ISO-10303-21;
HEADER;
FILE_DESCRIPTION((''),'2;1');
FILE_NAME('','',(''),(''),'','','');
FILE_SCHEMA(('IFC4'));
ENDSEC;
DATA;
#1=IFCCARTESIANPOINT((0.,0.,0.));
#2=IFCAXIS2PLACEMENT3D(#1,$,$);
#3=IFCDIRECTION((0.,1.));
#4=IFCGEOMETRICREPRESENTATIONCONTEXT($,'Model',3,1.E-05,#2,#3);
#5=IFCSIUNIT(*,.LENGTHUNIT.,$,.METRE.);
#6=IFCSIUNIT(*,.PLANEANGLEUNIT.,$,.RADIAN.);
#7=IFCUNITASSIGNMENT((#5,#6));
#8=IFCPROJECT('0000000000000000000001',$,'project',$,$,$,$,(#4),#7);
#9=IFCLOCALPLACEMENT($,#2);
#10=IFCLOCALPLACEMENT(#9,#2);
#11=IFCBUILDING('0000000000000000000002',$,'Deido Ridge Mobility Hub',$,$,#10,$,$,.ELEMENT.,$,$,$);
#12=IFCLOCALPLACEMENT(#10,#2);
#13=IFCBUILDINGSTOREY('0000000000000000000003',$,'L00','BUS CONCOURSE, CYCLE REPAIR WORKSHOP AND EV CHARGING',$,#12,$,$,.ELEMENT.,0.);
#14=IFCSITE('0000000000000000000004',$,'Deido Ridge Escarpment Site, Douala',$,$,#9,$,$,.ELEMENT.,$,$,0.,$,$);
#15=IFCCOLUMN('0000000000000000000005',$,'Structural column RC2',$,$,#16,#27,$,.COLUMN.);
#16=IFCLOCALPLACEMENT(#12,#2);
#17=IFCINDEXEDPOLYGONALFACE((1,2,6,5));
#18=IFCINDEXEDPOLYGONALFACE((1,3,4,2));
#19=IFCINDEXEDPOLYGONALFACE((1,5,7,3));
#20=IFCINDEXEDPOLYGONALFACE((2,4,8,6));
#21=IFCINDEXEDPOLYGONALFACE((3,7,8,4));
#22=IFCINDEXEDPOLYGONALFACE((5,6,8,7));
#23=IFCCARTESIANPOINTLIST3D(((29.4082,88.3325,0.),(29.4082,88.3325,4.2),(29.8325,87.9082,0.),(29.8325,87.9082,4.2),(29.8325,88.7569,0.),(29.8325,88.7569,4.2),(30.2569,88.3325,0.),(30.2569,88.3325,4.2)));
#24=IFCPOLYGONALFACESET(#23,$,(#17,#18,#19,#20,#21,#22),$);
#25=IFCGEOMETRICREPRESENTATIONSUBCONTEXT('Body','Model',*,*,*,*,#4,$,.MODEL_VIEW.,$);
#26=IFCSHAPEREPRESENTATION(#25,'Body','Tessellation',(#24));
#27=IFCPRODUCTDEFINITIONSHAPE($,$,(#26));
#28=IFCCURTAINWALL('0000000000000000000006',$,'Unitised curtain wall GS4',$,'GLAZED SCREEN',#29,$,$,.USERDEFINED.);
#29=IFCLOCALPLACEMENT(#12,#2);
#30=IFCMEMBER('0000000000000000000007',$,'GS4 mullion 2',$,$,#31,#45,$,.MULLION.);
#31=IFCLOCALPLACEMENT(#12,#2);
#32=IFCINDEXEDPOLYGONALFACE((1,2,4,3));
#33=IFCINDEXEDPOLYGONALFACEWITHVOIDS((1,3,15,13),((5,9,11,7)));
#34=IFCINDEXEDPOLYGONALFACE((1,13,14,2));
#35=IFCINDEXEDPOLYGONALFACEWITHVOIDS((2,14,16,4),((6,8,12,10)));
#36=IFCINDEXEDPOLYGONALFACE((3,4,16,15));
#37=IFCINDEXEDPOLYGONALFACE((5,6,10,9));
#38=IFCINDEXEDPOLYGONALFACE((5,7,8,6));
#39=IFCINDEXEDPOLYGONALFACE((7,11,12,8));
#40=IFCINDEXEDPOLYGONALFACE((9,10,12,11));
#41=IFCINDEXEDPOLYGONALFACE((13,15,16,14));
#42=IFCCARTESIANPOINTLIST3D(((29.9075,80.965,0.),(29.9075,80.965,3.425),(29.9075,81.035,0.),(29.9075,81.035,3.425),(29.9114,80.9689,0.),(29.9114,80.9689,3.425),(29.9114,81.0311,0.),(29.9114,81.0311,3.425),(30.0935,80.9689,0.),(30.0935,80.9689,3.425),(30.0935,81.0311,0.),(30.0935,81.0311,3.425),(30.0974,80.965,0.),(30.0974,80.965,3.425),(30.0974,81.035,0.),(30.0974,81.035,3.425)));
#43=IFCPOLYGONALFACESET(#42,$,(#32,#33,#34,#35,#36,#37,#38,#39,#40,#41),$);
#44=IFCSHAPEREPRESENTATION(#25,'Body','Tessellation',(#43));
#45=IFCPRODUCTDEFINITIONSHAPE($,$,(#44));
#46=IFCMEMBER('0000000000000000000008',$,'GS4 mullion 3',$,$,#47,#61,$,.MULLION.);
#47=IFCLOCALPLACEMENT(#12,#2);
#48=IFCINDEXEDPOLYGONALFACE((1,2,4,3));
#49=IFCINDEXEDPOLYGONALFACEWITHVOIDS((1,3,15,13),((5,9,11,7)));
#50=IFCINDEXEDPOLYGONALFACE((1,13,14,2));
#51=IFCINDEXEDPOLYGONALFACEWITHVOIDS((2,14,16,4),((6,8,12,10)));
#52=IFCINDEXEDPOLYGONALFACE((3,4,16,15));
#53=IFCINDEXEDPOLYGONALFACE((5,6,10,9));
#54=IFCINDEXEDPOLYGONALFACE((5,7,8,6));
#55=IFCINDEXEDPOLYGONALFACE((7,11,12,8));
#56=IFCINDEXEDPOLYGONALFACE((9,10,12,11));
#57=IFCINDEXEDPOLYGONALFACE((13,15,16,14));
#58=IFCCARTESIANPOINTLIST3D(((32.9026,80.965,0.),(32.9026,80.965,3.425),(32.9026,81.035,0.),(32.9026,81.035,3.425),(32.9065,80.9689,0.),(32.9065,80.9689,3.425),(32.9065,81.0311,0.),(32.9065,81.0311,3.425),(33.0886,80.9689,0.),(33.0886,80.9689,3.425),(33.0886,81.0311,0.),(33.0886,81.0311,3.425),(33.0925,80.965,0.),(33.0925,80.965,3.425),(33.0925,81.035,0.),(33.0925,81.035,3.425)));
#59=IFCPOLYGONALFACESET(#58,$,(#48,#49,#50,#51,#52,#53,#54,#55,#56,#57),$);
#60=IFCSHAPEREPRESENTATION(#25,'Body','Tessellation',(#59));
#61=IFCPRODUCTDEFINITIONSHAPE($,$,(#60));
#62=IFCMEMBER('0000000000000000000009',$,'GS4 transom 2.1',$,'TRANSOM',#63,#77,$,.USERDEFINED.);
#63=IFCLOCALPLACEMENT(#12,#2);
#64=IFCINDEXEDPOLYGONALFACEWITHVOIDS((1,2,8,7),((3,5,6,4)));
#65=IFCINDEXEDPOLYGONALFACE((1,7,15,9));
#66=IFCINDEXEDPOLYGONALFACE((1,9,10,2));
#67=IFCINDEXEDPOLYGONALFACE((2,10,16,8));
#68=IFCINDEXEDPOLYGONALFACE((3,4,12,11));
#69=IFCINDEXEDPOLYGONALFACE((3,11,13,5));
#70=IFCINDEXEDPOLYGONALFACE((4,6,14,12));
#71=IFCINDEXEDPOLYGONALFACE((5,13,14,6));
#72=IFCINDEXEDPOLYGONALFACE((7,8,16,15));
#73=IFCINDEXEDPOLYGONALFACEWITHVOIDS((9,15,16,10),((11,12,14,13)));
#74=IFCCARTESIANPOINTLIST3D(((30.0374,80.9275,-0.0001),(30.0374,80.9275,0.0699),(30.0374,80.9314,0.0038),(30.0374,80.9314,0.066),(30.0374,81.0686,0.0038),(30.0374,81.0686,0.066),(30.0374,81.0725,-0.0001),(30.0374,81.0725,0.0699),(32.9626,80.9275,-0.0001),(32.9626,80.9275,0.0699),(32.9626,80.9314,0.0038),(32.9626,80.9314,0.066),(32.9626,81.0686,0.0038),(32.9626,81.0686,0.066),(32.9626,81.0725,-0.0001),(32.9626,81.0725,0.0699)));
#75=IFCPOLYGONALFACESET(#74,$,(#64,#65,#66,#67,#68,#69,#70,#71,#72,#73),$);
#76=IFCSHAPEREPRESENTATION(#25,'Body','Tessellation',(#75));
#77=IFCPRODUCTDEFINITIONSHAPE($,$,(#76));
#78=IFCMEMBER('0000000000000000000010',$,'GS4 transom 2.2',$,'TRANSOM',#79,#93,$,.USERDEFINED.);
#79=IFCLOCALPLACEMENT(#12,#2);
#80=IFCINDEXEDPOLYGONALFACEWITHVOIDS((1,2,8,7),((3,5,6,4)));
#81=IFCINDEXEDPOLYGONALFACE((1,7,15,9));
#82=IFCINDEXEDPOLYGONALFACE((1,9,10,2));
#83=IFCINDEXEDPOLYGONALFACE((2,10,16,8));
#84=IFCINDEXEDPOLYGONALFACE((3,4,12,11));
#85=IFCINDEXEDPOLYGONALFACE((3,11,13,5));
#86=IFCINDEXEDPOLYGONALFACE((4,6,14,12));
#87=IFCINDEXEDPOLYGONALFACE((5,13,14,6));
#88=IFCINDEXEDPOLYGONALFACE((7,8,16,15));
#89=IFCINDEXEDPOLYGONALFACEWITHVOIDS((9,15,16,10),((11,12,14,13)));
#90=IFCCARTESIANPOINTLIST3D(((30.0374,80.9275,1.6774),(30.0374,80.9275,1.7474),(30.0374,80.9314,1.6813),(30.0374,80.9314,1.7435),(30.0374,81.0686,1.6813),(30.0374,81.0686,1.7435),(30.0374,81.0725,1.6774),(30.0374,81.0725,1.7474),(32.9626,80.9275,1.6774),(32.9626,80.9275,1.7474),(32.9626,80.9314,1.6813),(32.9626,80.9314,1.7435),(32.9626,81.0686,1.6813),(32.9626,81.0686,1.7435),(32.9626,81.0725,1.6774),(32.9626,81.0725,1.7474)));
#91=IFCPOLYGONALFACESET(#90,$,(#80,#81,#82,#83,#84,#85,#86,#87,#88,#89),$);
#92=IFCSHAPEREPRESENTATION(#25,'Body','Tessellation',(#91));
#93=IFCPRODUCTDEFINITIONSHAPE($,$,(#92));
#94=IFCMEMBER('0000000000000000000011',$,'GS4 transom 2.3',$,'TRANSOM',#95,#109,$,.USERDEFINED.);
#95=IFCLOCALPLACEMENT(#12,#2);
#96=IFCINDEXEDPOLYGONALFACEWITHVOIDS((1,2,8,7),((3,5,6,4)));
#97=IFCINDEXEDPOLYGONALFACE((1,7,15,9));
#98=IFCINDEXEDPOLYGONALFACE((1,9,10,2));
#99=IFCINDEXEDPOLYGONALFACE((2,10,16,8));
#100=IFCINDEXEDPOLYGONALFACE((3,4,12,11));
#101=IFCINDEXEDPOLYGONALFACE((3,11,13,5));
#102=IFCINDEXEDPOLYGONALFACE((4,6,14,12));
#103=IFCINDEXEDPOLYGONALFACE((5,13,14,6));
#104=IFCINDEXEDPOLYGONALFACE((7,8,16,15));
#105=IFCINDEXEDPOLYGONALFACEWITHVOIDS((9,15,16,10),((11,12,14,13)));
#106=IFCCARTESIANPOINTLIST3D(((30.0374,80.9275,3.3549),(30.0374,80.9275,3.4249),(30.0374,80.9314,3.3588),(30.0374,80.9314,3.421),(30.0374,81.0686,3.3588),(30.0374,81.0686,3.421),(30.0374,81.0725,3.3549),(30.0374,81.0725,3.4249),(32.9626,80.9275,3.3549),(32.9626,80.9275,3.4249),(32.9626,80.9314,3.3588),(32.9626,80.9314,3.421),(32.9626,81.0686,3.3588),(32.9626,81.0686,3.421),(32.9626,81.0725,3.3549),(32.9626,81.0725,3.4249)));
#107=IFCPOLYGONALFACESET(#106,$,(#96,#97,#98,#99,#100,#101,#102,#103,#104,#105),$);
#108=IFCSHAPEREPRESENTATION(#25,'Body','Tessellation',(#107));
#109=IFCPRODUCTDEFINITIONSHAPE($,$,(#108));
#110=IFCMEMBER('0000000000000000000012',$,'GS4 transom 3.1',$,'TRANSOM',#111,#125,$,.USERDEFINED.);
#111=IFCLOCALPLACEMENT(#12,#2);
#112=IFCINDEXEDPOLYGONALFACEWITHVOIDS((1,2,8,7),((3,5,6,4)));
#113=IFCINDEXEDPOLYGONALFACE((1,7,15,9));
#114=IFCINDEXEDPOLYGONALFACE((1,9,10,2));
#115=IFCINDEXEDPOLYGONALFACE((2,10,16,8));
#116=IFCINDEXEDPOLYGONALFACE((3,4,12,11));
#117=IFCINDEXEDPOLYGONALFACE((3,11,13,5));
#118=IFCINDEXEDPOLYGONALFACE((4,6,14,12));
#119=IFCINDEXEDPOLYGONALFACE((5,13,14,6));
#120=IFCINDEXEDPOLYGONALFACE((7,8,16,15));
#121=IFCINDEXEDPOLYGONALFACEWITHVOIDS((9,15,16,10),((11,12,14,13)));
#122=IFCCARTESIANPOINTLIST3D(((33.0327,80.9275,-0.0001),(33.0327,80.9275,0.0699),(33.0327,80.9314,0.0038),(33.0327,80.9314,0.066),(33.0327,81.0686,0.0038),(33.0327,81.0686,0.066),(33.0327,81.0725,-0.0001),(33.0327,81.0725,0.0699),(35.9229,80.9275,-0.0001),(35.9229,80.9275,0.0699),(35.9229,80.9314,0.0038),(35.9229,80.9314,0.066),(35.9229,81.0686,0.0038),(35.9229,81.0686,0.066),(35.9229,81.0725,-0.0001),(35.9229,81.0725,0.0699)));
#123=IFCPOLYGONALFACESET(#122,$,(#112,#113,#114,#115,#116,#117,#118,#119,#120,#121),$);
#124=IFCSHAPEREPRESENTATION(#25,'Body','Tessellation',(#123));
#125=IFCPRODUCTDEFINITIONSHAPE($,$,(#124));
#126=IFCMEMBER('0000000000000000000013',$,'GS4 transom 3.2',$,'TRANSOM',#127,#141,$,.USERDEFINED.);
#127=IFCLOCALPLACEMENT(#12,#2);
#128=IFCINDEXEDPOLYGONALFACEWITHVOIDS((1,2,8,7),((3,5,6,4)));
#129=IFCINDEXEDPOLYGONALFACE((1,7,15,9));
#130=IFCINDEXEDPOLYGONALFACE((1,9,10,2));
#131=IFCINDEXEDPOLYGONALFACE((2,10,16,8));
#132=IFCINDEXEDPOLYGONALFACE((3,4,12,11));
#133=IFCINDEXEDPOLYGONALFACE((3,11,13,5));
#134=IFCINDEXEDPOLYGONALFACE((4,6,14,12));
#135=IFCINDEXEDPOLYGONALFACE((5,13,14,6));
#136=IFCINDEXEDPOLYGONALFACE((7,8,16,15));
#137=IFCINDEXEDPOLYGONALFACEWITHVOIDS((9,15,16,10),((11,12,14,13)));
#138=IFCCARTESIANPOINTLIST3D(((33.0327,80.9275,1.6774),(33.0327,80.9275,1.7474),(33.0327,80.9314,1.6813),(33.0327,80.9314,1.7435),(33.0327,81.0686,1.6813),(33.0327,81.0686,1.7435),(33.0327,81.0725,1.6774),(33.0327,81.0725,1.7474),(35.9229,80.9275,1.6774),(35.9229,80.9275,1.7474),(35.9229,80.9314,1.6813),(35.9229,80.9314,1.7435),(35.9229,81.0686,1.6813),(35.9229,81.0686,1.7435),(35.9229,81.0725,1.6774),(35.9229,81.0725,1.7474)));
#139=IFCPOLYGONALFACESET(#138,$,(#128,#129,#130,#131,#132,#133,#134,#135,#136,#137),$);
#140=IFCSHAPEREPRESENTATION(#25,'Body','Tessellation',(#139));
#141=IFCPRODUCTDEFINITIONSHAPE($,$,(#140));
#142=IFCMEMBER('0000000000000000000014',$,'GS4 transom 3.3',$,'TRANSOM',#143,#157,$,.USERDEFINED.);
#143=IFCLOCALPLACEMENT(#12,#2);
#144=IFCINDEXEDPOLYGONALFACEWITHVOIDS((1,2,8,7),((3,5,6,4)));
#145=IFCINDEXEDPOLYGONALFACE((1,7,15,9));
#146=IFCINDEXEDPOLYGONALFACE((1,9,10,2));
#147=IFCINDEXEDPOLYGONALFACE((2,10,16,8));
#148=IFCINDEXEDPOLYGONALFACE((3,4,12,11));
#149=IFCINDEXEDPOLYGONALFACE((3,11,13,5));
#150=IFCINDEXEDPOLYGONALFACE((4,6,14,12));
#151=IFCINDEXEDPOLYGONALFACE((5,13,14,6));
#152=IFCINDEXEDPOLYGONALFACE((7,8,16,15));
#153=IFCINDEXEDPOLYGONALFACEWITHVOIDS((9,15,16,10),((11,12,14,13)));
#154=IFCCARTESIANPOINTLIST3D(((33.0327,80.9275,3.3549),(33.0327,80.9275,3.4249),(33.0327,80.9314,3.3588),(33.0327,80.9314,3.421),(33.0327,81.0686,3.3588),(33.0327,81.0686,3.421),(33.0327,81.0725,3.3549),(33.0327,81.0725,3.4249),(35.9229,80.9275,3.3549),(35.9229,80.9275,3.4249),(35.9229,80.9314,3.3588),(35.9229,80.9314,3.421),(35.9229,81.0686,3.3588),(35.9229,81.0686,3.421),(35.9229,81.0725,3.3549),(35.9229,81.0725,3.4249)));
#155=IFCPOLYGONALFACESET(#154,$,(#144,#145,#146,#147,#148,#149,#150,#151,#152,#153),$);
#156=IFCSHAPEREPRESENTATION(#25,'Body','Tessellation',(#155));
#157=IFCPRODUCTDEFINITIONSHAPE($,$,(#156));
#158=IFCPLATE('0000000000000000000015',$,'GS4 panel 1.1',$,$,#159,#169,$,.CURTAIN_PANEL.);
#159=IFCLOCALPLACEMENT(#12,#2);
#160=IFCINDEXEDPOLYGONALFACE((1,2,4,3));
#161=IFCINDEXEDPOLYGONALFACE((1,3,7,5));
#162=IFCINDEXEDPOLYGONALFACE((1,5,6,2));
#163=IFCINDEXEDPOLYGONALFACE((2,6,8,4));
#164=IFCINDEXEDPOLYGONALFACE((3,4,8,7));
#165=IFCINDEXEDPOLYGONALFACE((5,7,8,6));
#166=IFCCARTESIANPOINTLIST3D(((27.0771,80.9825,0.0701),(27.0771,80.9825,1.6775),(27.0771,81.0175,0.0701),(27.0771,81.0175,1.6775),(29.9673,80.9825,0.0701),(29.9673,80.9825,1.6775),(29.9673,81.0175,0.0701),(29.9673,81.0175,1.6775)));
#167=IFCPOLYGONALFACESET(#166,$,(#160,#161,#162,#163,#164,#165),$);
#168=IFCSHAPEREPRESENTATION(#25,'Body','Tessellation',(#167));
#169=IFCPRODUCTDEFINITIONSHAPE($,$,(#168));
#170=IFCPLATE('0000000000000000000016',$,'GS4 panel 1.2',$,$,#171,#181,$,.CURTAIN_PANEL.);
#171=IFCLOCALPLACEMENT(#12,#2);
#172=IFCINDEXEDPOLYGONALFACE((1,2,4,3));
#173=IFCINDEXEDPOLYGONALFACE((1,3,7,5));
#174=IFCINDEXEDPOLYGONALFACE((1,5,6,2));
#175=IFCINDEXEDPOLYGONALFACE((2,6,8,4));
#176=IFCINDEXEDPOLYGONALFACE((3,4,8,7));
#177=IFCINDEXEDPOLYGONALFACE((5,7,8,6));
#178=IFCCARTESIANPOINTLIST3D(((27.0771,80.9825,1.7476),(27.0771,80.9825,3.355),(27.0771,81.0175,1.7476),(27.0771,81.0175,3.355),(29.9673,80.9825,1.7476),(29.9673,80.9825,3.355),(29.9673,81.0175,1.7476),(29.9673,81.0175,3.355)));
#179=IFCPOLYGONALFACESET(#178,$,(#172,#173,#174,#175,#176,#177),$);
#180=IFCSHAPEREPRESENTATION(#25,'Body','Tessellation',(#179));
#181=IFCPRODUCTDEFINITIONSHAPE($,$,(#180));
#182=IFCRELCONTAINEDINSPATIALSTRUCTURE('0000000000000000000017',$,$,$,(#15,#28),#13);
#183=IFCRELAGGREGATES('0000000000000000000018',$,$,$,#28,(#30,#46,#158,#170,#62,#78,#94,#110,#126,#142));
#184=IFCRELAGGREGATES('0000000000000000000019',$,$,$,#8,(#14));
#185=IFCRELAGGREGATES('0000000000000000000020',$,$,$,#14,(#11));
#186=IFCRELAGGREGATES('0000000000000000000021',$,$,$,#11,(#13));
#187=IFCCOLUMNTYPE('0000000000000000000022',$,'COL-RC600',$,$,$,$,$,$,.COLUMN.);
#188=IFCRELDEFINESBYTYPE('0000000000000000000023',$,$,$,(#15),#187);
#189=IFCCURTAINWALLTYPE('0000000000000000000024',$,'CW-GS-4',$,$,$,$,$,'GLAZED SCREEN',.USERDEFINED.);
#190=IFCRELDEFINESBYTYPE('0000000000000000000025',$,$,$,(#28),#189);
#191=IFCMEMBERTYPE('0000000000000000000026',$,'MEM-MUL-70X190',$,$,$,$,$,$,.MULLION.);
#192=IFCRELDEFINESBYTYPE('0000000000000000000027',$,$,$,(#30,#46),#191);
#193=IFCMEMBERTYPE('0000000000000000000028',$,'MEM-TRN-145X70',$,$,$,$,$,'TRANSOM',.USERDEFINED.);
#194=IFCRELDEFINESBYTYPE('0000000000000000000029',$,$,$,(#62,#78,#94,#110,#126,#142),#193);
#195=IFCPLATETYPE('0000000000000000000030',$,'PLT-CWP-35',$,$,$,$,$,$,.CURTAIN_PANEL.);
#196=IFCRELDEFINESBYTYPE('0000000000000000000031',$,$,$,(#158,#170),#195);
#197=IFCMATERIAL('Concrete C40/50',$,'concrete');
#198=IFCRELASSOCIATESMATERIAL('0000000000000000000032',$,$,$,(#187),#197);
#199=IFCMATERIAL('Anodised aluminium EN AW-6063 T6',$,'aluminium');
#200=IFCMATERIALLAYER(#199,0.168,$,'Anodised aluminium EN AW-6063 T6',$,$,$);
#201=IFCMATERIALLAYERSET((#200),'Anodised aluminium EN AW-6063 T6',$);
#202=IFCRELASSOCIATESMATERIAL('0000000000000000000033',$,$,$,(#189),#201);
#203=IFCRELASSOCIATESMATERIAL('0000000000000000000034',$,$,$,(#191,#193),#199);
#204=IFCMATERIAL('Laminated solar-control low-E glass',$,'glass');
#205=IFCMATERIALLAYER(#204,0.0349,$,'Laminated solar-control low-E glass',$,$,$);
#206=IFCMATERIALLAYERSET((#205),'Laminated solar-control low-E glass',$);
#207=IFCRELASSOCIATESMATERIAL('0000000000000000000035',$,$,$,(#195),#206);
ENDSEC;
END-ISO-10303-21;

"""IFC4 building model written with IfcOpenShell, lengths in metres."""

from ifc_helpers import new_model, si_unit, direction, frame, origin, origin_2d, place, context, subcontext, project, spatial, rectangle, hollow_rectangle, extrude, material, layer, layer_set, material_profile, profile_set, type_object, element, aggregate, save


model = new_model("IFC4")

# Units and contexts
model_context = context("Model", 3, precision=1e-05, world=origin(), true_north=direction((0.0, 1.0)))
body_context = subcontext(model_context, "Body", "Model", "MODEL_VIEW")
ifc_project = project(units=[si_unit("LENGTHUNIT", "METRE"), si_unit("PLANEANGLEUNIT", "RADIAN")], contexts=[model_context])

# Site, building, storey
site_placement = place(None, origin())
site = spatial("IfcSite", under=ifc_project, at=site_placement, Name="Deido Ridge Escarpment Site, Douala", CompositionType="ELEMENT", RefElevation=0.0)
building_placement = place(site_placement, origin())
building = spatial("IfcBuilding", under=site, at=building_placement, Name="Deido Ridge Mobility Hub", CompositionType="ELEMENT")
storey_placement = place(building_placement, origin())
storey = spatial("IfcBuildingStorey", under=building, at=storey_placement, Name="L00", Description="BUS CONCOURSE, CYCLE REPAIR WORKSHOP AND EV CHARGING", CompositionType="ELEMENT", Elevation=0.0)

# Column
ifc_material_1 = material(Name="Concrete C40/50", Category="concrete")
ifc_material_profile_1 = material_profile(ifc_material_1, rectangle(XDim=0.6001, YDim=0.6001, at=origin_2d()), Name="RC COL 600x600")
ifc_profile_set_1 = profile_set([ifc_material_profile_1], Name="Concrete C40/50")
column_type = type_object("IfcColumnType", Name="COL-RC600", PredefinedType="COLUMN", material=ifc_profile_set_1)
column_placement = place(storey_placement, frame((29.8325, 88.3325, 0.0), z_axis=(0.0, 0.0, 1.0), x_axis=(-0.707107, -0.707107, 0.0)))
element("IfcColumn", 1, at=column_placement, inside=storey, type_object=column_type, Name="Structural column RC2", PredefinedType="COLUMN", context=body_context, shape_type="SweptSolid", body=[
    extrude(rectangle(XDim=0.6001, YDim=0.6001, at=origin_2d()), origin(), (0.0, 0.0, 1.0), 4.2),
])

# Curtain wall, members, plates
ifc_material_2 = material(Name="Anodised aluminium EN AW-6063 T6", Category="aluminium")
ifc_layer_1 = layer(ifc_material_2, 0.168, Name="Anodised aluminium EN AW-6063 T6")
ifc_layer_set_1 = layer_set([ifc_layer_1], Name="Anodised aluminium EN AW-6063 T6")
curtain_wall_type = type_object("IfcCurtainWallType", Name="CW-GS-4", ElementType="GLAZED SCREEN", PredefinedType="USERDEFINED", material=ifc_layer_set_1)
curtain_wall_placement = place(storey_placement, origin())
curtain_wall = element("IfcCurtainWall", 2, at=curtain_wall_placement, inside=storey, type_object=curtain_wall_type, Name="Unitised curtain wall GS4", ObjectType="GLAZED SCREEN", PredefinedType="USERDEFINED")
ifc_material_profile_2 = material_profile(ifc_material_2, hollow_rectangle(XDim=0.0701, YDim=0.1899, WallThickness=0.0039, at=origin_2d()), Name="RHS 70x190x4")
ifc_profile_set_2 = profile_set([ifc_material_profile_2], Name="Anodised aluminium EN AW-6063 T6")
member_type_1 = type_object("IfcMemberType", Name="MEM-MUL-70X190", PredefinedType="MULLION", material=ifc_profile_set_2)
member_1_placement = place(storey_placement, frame((30.0024, 81.0, 0.0), z_axis=(0.0, 0.0, 1.0), x_axis=(0.0, 1.0, 0.0)))
member_1 = element("IfcMember", 3, at=member_1_placement, type_object=member_type_1, Name="GS4 mullion 2", PredefinedType="MULLION", context=body_context, shape_type="SweptSolid", body=[
    extrude(hollow_rectangle(XDim=0.0701, YDim=0.1899, WallThickness=0.0039, at=origin_2d()), origin(), (0.0, 0.0, 1.0), 3.425),
])
member_2_placement = place(storey_placement, frame((32.9976, 81.0, 0.0), z_axis=(0.0, 0.0, 1.0), x_axis=(0.0, 1.0, 0.0)))
member_2 = element("IfcMember", 4, at=member_2_placement, type_object=member_type_1, Name="GS4 mullion 3", PredefinedType="MULLION", context=body_context, shape_type="SweptSolid", body=[
    extrude(hollow_rectangle(XDim=0.0701, YDim=0.1899, WallThickness=0.0039, at=origin_2d()), origin(), (0.0, 0.0, 1.0), 3.425),
])
ifc_material_profile_3 = material_profile(ifc_material_2, hollow_rectangle(XDim=0.145, YDim=0.0701, WallThickness=0.0039, at=origin_2d()), Name="RHS 145x70x4")
ifc_profile_set_3 = profile_set([ifc_material_profile_3], Name="Anodised aluminium EN AW-6063 T6")
member_type_2 = type_object("IfcMemberType", Name="MEM-TRN-145X70", ElementType="TRANSOM", PredefinedType="USERDEFINED", material=ifc_profile_set_3)
member_3_placement = place(storey_placement, frame((30.0374, 81.0, 0.0349), z_axis=(1.0, 0.0, 0.0), x_axis=(0.0, 1.0, 0.0)))
member_3 = element("IfcMember", 5, at=member_3_placement, type_object=member_type_2, Name="GS4 transom 2.1", ObjectType="TRANSOM", PredefinedType="USERDEFINED", context=body_context, shape_type="SweptSolid", body=[
    extrude(hollow_rectangle(XDim=0.145, YDim=0.0701, WallThickness=0.0039, at=origin_2d()), origin(), (0.0, 0.0, 1.0), 2.9253),
])
member_4_placement = place(storey_placement, frame((30.0374, 81.0, 1.7124), z_axis=(1.0, 0.0, 0.0), x_axis=(0.0, 1.0, 0.0)))
member_4 = element("IfcMember", 6, at=member_4_placement, type_object=member_type_2, Name="GS4 transom 2.2", ObjectType="TRANSOM", PredefinedType="USERDEFINED", context=body_context, shape_type="SweptSolid", body=[
    extrude(hollow_rectangle(XDim=0.145, YDim=0.0701, WallThickness=0.0039, at=origin_2d()), origin(), (0.0, 0.0, 1.0), 2.9253),
])
member_5_placement = place(storey_placement, frame((30.0374, 81.0, 3.3899), z_axis=(1.0, 0.0, 0.0), x_axis=(0.0, 1.0, 0.0)))
member_5 = element("IfcMember", 7, at=member_5_placement, type_object=member_type_2, Name="GS4 transom 2.3", ObjectType="TRANSOM", PredefinedType="USERDEFINED", context=body_context, shape_type="SweptSolid", body=[
    extrude(hollow_rectangle(XDim=0.145, YDim=0.0701, WallThickness=0.0039, at=origin_2d()), origin(), (0.0, 0.0, 1.0), 2.9253),
])
member_6_placement = place(storey_placement, frame((33.0327, 81.0, 0.0349), z_axis=(1.0, 0.0, 0.0), x_axis=(0.0, 1.0, 0.0)))
member_6 = element("IfcMember", 8, at=member_6_placement, type_object=member_type_2, Name="GS4 transom 3.1", ObjectType="TRANSOM", PredefinedType="USERDEFINED", context=body_context, shape_type="SweptSolid", body=[
    extrude(hollow_rectangle(XDim=0.145, YDim=0.0701, WallThickness=0.0039, at=origin_2d()), origin(), (0.0, 0.0, 1.0), 2.8901),
])
member_7_placement = place(storey_placement, frame((33.0327, 81.0, 1.7124), z_axis=(1.0, 0.0, 0.0), x_axis=(0.0, 1.0, 0.0)))
member_7 = element("IfcMember", 9, at=member_7_placement, type_object=member_type_2, Name="GS4 transom 3.2", ObjectType="TRANSOM", PredefinedType="USERDEFINED", context=body_context, shape_type="SweptSolid", body=[
    extrude(hollow_rectangle(XDim=0.145, YDim=0.0701, WallThickness=0.0039, at=origin_2d()), origin(), (0.0, 0.0, 1.0), 2.8901),
])
member_8_placement = place(storey_placement, frame((33.0327, 81.0, 3.3899), z_axis=(1.0, 0.0, 0.0), x_axis=(0.0, 1.0, 0.0)))
member_8 = element("IfcMember", 10, at=member_8_placement, type_object=member_type_2, Name="GS4 transom 3.3", ObjectType="TRANSOM", PredefinedType="USERDEFINED", context=body_context, shape_type="SweptSolid", body=[
    extrude(hollow_rectangle(XDim=0.145, YDim=0.0701, WallThickness=0.0039, at=origin_2d()), origin(), (0.0, 0.0, 1.0), 2.8901),
])
ifc_material_3 = material(Name="Laminated solar-control low-E glass", Category="glass")
ifc_layer_2 = layer(ifc_material_3, 0.0349, Name="Laminated solar-control low-E glass")
ifc_layer_set_2 = layer_set([ifc_layer_2], Name="Laminated solar-control low-E glass")
plate_type = type_object("IfcPlateType", Name="PLT-CWP-35", PredefinedType="CURTAIN_PANEL", material=ifc_layer_set_2)
plate_1_placement = place(storey_placement, frame((28.5222, 81.0, 0.0701), z_axis=(0.0, 0.0, 1.0), x_axis=(1.0, 0.0, 0.0)))
plate_1 = element("IfcPlate", 11, at=plate_1_placement, type_object=plate_type, Name="GS4 panel 1.1", PredefinedType="CURTAIN_PANEL", context=body_context, shape_type="SweptSolid", body=[
    extrude(rectangle(XDim=2.8901, YDim=0.0349, at=origin_2d()), origin(), (0.0, 0.0, 1.0), 1.6074),
])
plate_2_placement = place(storey_placement, frame((28.5222, 81.0, 1.7476), z_axis=(0.0, 0.0, 1.0), x_axis=(1.0, 0.0, 0.0)))
plate_2 = element("IfcPlate", 12, at=plate_2_placement, type_object=plate_type, Name="GS4 panel 1.2", PredefinedType="CURTAIN_PANEL", context=body_context, shape_type="SweptSolid", body=[
    extrude(rectangle(XDim=2.8901, YDim=0.0349, at=origin_2d()), origin(), (0.0, 0.0, 1.0), 1.6074),
])
aggregate(curtain_wall, [member_1, member_2, plate_1, plate_2, member_3, member_4, member_5, member_6, member_7, member_8])

save(model, "model.ifc")
